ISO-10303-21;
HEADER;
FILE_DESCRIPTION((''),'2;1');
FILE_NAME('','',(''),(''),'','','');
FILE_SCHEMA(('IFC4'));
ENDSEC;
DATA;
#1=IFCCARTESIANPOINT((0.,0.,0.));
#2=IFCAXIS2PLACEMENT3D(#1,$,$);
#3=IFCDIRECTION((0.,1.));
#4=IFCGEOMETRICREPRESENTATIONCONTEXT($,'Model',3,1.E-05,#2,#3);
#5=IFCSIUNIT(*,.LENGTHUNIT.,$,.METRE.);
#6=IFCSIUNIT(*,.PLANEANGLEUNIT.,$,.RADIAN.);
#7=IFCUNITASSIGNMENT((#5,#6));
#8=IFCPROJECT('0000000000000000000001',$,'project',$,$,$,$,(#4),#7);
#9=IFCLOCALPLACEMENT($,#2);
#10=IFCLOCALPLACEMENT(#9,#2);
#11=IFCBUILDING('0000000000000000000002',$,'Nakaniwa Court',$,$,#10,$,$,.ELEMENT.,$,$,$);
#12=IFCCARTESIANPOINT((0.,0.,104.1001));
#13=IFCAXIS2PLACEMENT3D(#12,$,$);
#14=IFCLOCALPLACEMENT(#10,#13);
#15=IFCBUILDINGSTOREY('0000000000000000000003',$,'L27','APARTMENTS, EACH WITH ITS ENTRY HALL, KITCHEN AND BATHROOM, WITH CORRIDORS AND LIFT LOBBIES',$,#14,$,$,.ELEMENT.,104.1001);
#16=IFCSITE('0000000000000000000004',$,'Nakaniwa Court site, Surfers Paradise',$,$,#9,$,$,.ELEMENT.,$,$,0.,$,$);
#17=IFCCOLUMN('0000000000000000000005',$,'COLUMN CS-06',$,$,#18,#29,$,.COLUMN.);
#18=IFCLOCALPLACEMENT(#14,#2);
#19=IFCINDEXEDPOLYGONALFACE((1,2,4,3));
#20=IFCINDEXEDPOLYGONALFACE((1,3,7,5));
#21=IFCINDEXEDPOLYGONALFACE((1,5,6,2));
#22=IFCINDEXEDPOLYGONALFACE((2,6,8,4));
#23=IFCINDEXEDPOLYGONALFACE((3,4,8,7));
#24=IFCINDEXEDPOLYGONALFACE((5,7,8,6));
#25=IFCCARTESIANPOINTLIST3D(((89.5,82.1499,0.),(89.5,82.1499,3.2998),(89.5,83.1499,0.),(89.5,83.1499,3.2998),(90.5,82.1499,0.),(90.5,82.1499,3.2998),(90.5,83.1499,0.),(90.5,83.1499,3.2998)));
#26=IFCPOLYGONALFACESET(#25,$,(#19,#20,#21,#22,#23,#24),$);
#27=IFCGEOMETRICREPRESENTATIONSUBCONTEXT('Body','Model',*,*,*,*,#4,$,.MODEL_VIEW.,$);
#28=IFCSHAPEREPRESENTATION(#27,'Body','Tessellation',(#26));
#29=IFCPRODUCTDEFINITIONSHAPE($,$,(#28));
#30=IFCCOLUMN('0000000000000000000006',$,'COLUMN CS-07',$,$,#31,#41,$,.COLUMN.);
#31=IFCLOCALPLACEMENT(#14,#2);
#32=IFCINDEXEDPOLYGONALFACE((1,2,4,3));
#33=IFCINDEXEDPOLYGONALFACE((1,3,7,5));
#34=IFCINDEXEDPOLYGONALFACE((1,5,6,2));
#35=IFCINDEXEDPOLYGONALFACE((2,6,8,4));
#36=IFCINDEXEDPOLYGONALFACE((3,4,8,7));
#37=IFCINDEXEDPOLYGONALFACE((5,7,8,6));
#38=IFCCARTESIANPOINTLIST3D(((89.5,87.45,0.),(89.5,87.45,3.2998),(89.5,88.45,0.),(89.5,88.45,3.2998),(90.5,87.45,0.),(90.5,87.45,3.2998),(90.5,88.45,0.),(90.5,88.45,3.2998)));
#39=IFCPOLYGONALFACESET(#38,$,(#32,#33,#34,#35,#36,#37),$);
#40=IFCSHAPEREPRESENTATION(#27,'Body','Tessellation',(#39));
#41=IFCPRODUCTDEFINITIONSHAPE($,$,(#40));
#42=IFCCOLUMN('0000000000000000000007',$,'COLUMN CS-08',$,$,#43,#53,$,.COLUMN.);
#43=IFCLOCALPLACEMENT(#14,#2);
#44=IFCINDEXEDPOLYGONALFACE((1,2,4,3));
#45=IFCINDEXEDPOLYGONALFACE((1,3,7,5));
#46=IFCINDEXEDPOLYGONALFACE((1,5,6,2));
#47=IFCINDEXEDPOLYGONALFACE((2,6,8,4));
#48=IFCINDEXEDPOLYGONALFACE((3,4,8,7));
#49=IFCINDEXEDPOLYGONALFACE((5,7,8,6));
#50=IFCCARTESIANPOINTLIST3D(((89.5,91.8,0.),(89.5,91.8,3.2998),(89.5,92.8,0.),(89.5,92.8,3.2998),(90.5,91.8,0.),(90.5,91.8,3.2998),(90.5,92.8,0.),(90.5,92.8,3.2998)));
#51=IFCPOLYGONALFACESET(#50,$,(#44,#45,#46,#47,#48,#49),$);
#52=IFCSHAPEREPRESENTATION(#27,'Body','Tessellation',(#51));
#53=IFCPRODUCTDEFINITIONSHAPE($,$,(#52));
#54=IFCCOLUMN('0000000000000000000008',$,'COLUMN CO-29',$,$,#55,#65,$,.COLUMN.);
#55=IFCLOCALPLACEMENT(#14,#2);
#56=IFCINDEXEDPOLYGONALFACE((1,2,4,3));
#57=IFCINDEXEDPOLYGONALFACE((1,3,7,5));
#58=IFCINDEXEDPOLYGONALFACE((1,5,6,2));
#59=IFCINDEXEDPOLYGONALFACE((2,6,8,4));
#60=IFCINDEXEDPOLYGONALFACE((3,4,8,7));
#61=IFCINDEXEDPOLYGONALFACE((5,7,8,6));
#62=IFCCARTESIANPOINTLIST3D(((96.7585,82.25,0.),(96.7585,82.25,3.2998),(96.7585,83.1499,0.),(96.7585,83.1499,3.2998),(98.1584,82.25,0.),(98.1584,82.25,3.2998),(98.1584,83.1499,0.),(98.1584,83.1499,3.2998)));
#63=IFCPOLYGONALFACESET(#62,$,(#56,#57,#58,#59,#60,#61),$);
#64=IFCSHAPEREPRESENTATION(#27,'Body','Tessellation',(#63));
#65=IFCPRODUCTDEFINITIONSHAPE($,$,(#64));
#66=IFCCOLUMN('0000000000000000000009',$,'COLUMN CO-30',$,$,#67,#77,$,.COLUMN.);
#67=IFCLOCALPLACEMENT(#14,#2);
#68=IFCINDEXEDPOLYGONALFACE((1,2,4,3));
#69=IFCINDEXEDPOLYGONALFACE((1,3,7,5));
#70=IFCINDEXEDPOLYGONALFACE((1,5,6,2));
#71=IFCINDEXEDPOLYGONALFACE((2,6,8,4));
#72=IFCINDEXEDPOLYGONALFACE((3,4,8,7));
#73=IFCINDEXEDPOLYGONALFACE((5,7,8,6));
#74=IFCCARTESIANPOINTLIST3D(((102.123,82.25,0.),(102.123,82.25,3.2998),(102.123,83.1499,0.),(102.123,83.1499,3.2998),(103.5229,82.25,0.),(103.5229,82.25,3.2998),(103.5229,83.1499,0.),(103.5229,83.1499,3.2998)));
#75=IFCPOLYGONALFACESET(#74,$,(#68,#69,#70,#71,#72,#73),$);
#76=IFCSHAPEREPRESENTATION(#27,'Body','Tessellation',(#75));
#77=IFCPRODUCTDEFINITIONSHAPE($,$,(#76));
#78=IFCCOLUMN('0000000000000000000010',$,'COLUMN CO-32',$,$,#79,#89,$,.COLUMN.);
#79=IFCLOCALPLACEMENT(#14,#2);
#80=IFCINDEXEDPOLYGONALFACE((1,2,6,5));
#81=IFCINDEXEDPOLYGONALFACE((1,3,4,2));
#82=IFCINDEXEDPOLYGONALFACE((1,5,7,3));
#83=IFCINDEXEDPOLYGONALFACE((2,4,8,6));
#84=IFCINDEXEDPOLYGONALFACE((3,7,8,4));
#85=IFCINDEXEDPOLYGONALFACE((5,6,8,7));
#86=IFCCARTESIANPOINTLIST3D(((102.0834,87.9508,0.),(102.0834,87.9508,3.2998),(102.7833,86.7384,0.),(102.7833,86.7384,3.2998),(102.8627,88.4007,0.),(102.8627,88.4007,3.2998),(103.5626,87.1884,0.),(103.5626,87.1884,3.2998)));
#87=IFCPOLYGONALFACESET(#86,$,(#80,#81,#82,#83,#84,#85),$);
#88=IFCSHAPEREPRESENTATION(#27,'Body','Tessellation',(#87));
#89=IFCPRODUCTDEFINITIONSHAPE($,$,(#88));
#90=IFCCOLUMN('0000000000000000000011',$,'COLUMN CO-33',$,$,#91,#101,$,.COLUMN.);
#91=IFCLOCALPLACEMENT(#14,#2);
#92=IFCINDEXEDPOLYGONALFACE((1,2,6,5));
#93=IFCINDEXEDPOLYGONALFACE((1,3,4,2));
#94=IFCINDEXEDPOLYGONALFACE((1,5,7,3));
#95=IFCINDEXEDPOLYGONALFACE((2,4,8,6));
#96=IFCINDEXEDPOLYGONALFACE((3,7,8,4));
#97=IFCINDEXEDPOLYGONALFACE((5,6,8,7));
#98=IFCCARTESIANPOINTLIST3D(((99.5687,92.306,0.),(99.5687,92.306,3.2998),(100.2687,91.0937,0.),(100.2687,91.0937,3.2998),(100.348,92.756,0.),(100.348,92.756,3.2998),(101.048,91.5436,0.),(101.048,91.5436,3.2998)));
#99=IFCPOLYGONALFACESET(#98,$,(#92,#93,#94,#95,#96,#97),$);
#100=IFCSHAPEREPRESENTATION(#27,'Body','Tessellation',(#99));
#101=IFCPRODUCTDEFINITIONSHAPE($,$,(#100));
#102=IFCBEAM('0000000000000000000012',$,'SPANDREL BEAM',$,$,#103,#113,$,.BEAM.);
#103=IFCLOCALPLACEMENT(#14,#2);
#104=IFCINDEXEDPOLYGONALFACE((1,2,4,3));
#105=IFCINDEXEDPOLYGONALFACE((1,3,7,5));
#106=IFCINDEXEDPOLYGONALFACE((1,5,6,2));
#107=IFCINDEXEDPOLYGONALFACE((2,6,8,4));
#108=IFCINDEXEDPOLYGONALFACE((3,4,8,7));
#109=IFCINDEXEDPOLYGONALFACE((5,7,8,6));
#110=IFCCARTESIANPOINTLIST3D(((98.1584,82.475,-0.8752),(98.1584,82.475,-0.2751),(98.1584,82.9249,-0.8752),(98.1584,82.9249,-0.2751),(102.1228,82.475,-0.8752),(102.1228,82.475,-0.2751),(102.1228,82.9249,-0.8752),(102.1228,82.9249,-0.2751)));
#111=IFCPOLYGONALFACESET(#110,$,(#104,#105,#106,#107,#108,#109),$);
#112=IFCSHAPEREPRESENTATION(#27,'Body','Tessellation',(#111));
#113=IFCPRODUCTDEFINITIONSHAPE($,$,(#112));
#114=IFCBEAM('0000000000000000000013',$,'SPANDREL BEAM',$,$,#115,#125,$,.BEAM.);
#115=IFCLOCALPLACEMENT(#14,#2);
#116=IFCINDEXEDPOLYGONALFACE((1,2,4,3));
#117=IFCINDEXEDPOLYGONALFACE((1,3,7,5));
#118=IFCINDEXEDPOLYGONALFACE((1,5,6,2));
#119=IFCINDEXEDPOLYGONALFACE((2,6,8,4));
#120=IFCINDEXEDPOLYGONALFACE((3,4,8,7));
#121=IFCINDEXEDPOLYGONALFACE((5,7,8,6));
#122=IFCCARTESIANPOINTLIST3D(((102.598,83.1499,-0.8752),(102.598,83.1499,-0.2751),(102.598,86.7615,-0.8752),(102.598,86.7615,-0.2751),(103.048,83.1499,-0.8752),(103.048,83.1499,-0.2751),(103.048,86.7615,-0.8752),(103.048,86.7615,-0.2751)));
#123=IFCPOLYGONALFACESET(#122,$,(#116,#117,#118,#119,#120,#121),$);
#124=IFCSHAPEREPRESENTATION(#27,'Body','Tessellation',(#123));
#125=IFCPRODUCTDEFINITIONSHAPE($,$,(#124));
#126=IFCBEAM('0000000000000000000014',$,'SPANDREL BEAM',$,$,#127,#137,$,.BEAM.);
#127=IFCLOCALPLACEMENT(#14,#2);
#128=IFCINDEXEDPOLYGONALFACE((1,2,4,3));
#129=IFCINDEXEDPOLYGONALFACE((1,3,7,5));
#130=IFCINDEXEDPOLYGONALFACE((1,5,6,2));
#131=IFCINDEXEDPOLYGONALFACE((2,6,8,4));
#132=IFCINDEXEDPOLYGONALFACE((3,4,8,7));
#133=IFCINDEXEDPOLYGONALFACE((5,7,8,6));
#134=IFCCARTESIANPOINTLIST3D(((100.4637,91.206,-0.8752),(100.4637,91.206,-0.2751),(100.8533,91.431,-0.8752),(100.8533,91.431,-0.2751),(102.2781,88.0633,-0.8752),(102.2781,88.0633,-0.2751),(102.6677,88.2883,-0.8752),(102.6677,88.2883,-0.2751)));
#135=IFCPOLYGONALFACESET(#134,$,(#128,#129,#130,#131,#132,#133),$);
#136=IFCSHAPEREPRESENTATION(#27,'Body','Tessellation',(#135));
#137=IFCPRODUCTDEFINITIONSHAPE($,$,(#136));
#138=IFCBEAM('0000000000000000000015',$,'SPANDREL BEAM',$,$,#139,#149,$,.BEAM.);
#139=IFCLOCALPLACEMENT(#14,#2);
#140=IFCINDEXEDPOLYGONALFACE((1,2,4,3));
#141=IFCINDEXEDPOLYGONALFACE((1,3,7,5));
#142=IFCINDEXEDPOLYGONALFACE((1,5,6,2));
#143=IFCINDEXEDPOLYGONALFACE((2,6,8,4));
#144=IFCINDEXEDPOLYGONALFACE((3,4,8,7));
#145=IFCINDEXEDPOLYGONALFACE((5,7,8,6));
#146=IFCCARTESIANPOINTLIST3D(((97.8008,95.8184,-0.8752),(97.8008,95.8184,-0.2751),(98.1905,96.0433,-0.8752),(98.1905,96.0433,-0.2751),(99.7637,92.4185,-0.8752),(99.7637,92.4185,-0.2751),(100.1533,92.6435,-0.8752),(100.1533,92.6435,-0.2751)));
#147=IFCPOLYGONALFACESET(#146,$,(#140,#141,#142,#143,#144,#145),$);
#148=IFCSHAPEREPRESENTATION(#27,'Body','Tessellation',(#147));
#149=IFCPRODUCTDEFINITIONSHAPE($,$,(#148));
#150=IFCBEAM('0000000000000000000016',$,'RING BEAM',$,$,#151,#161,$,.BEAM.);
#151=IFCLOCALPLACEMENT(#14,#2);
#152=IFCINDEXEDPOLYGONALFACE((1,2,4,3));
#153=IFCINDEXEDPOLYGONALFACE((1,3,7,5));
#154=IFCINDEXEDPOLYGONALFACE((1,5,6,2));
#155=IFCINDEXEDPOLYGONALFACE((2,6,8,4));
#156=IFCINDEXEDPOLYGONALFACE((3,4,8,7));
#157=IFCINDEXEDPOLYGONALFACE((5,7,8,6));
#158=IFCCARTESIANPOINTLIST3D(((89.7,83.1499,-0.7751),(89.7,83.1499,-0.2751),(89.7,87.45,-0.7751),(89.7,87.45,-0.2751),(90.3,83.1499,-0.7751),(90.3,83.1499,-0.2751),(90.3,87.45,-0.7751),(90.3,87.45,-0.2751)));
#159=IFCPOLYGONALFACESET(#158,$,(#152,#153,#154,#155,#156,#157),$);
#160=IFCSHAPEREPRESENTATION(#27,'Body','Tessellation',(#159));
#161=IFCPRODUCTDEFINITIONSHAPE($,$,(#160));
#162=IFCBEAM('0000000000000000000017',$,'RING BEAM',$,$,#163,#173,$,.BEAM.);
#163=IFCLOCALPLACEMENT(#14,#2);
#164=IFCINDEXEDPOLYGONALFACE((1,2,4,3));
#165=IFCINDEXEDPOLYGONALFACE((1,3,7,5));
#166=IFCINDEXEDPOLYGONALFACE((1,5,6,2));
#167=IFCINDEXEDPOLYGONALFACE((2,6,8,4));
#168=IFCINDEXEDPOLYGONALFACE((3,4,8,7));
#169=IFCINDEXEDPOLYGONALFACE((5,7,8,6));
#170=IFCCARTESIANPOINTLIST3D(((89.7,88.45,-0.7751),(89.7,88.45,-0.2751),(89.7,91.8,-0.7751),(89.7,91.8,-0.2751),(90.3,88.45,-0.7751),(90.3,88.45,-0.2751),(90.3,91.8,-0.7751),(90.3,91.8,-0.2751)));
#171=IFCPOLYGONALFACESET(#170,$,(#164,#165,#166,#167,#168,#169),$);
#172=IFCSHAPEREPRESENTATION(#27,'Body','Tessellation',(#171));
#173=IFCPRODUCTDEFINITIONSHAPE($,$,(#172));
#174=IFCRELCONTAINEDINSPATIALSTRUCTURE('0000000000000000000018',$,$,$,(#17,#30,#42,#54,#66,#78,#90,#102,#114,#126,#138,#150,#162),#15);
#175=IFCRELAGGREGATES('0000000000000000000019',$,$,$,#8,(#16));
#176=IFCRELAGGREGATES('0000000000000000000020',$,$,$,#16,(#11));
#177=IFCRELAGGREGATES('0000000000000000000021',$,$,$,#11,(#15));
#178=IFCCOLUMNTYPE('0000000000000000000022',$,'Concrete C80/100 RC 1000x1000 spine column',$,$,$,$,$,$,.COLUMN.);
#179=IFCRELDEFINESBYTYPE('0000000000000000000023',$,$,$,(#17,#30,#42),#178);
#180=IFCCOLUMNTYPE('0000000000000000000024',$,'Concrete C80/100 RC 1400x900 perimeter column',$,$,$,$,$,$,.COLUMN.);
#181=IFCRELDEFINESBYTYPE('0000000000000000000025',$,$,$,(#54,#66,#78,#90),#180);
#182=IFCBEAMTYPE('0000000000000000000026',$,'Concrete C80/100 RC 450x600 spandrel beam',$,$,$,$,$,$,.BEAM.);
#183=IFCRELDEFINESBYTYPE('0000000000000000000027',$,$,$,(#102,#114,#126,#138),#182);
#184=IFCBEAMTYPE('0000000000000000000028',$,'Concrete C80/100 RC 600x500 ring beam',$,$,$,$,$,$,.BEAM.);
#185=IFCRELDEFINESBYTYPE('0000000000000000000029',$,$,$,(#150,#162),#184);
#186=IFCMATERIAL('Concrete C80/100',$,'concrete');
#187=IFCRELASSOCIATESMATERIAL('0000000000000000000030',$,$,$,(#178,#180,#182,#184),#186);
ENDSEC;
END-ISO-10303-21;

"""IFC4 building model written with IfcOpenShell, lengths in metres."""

from ifc_helpers import new_model, si_unit, direction, frame, origin, origin_2d, place, context, subcontext, project, spatial, rectangle, extrude, material, material_profile, profile_set, type_object, element, save


model = new_model("IFC4")

# Units and contexts
model_context = context("Model", 3, precision=1e-05, world=origin(), true_north=direction((0.0, 1.0)))
body_context = subcontext(model_context, "Body", "Model", "MODEL_VIEW")
ifc_project = project(units=[si_unit("LENGTHUNIT", "METRE"), si_unit("PLANEANGLEUNIT", "RADIAN")], contexts=[model_context])

# Site, building, storey
site_placement = place(None, origin())
site = spatial("IfcSite", under=ifc_project, at=site_placement, Name="Nakaniwa Court site, Surfers Paradise", CompositionType="ELEMENT", RefElevation=0.0)
building_placement = place(site_placement, origin())
building = spatial("IfcBuilding", under=site, at=building_placement, Name="Nakaniwa Court", CompositionType="ELEMENT")
storey_placement = place(building_placement, frame((0.0, 0.0, 104.1001)))
storey = spatial("IfcBuildingStorey", under=building, at=storey_placement, Name="L27", Description="APARTMENTS, EACH WITH ITS ENTRY HALL, KITCHEN AND BATHROOM, WITH CORRIDORS AND LIFT LOBBIES", CompositionType="ELEMENT", Elevation=104.1001)

# Columns
ifc_material_1 = material(Name="Concrete C80/100", Category="concrete")
ifc_material_profile_1 = material_profile(ifc_material_1, rectangle(XDim=1.0, YDim=1.0, at=origin_2d()), Name="Concrete C80/100 RC 1000x1000 spine column")
ifc_profile_set_1 = profile_set([ifc_material_profile_1], Name="Concrete C80/100")
column_type_1 = type_object("IfcColumnType", Name="Concrete C80/100 RC 1000x1000 spine column", PredefinedType="COLUMN", material=ifc_profile_set_1)
for number, where, z_axis, x_axis, name in (
    (1, (90.0, 82.6499, 0.0), (0.0, 0.0, 1.0), (0.0, 1.0, 0.0), "COLUMN CS-06"),
    (2, (90.0, 87.95, 0.0), (0.0, 0.0, 1.0), (0.0, 1.0, 0.0), "COLUMN CS-07"),
    (3, (90.0, 92.3, 0.0), (0.0, 0.0, 1.0), (0.0, 1.0, 0.0), "COLUMN CS-08"),
):
    element("IfcColumn", number, at=place(storey_placement, frame(where, z_axis=z_axis, x_axis=x_axis)), inside=storey, type_object=column_type_1, Name=name, PredefinedType="COLUMN", context=body_context, shape_type="SweptSolid", body=[
        extrude(rectangle(XDim=1.0, YDim=1.0, at=origin_2d()), origin(), (0.0, 0.0, 1.0), 3.2998),
    ])
ifc_material_profile_2 = material_profile(ifc_material_1, rectangle(XDim=1.3999, YDim=0.8999, at=origin_2d()), Name="Concrete C80/100 RC 1400x900 perimeter column")
ifc_profile_set_2 = profile_set([ifc_material_profile_2], Name="Concrete C80/100")
column_type_2 = type_object("IfcColumnType", Name="Concrete C80/100 RC 1400x900 perimeter column", PredefinedType="COLUMN", material=ifc_profile_set_2)
for number, where, z_axis, x_axis, name in (
    (4, (97.4585, 82.7, 0.0), (0.0, 0.0, 1.0), (1.0, 0.0, 0.0), "COLUMN CO-29"),
    (5, (102.823, 82.7, 0.0), (0.0, 0.0, 1.0), (1.0, 0.0, 0.0), "COLUMN CO-30"),
    (6, (102.823, 87.5696, 0.0), (0.0, 0.0, 1.0), (-0.5, 0.866025, 0.0), "COLUMN CO-32"),
    (7, (100.3083, 91.9248, 0.0), (0.0, 0.0, 1.0), (-0.5, 0.866025, 0.0), "COLUMN CO-33"),
):
    element("IfcColumn", number, at=place(storey_placement, frame(where, z_axis=z_axis, x_axis=x_axis)), inside=storey, type_object=column_type_2, Name=name, PredefinedType="COLUMN", context=body_context, shape_type="SweptSolid", body=[
        extrude(rectangle(XDim=1.3999, YDim=0.8999, at=origin_2d()), origin(), (0.0, 0.0, 1.0), 3.2998),
    ])

# Beams
ifc_material_profile_3 = material_profile(ifc_material_1, rectangle(XDim=0.45, YDim=0.6001, at=origin_2d()), Name="Concrete C80/100 RC 450x600 spandrel beam")
ifc_profile_set_3 = profile_set([ifc_material_profile_3], Name="Concrete C80/100")
beam_type_1 = type_object("IfcBeamType", Name="Concrete C80/100 RC 450x600 spandrel beam", PredefinedType="BEAM", material=ifc_profile_set_3)
beam_1_placement = place(storey_placement, frame((98.1584, 82.7, -0.5752), z_axis=(1.0, 0.0, 0.0), x_axis=(0.0, 1.0, 0.0)))
element("IfcBeam", 8, at=beam_1_placement, inside=storey, type_object=beam_type_1, Name="SPANDREL BEAM", PredefinedType="BEAM", context=body_context, shape_type="SweptSolid", body=[
    extrude(rectangle(XDim=0.45, YDim=0.6001, at=origin_2d()), origin(), (0.0, 0.0, 1.0), 3.9644),
])
beam_2_placement = place(storey_placement, frame((102.823, 83.1499, -0.5752), z_axis=(0.0, 1.0, 0.0), x_axis=(-1.0, 0.0, 0.0)))
element("IfcBeam", 9, at=beam_2_placement, inside=storey, type_object=beam_type_1, Name="SPANDREL BEAM", PredefinedType="BEAM", context=body_context, shape_type="SweptSolid", body=[
    extrude(rectangle(XDim=0.45, YDim=0.6001, at=origin_2d()), origin(), (0.0, 0.0, 1.0), 3.6116),
])
beam_3_placement = place(storey_placement, frame((102.4729, 88.1758, -0.5752), z_axis=(-0.499988, 0.866032, 0.0), x_axis=(-0.866032, -0.499988, 0.0)))
element("IfcBeam", 10, at=beam_3_placement, inside=storey, type_object=beam_type_1, Name="SPANDREL BEAM", PredefinedType="BEAM", context=body_context, shape_type="SweptSolid", body=[
    extrude(rectangle(XDim=0.45, YDim=0.6001, at=origin_2d()), origin(), (0.0, 0.0, 1.0), 3.6289),
])
beam_4_placement = place(storey_placement, frame((99.9585, 92.531, -0.5752), z_axis=(-0.499992, 0.86603, 0.0), x_axis=(-0.86603, -0.499992, 0.0)))
element("IfcBeam", 11, at=beam_4_placement, inside=storey, type_object=beam_type_1, Name="SPANDREL BEAM", PredefinedType="BEAM", context=body_context, shape_type="SweptSolid", body=[
    extrude(rectangle(XDim=0.45, YDim=0.6001, at=origin_2d()), origin(), (0.0, 0.0, 1.0), 3.9258),
])
ifc_material_profile_4 = material_profile(ifc_material_1, rectangle(XDim=0.6001, YDim=0.5, at=origin_2d()), Name="Concrete C80/100 RC 600x500 ring beam")
ifc_profile_set_4 = profile_set([ifc_material_profile_4], Name="Concrete C80/100")
beam_type_2 = type_object("IfcBeamType", Name="Concrete C80/100 RC 600x500 ring beam", PredefinedType="BEAM", material=ifc_profile_set_4)
beam_5_placement = place(storey_placement, frame((90.0, 83.1499, -0.5251), z_axis=(0.0, 1.0, 0.0), x_axis=(-1.0, 0.0, 0.0)))
element("IfcBeam", 12, at=beam_5_placement, inside=storey, type_object=beam_type_2, Name="RING BEAM", PredefinedType="BEAM", context=body_context, shape_type="SweptSolid", body=[
    extrude(rectangle(XDim=0.6001, YDim=0.5, at=origin_2d()), origin(), (0.0, 0.0, 1.0), 4.3),
])
beam_6_placement = place(storey_placement, frame((90.0, 88.45, -0.5251), z_axis=(0.0, 1.0, 0.0), x_axis=(-1.0, 0.0, 0.0)))
element("IfcBeam", 13, at=beam_6_placement, inside=storey, type_object=beam_type_2, Name="RING BEAM", PredefinedType="BEAM", context=body_context, shape_type="SweptSolid", body=[
    extrude(rectangle(XDim=0.6001, YDim=0.5, at=origin_2d()), origin(), (0.0, 0.0, 1.0), 3.3501),
])

save(model, "model.ifc")
